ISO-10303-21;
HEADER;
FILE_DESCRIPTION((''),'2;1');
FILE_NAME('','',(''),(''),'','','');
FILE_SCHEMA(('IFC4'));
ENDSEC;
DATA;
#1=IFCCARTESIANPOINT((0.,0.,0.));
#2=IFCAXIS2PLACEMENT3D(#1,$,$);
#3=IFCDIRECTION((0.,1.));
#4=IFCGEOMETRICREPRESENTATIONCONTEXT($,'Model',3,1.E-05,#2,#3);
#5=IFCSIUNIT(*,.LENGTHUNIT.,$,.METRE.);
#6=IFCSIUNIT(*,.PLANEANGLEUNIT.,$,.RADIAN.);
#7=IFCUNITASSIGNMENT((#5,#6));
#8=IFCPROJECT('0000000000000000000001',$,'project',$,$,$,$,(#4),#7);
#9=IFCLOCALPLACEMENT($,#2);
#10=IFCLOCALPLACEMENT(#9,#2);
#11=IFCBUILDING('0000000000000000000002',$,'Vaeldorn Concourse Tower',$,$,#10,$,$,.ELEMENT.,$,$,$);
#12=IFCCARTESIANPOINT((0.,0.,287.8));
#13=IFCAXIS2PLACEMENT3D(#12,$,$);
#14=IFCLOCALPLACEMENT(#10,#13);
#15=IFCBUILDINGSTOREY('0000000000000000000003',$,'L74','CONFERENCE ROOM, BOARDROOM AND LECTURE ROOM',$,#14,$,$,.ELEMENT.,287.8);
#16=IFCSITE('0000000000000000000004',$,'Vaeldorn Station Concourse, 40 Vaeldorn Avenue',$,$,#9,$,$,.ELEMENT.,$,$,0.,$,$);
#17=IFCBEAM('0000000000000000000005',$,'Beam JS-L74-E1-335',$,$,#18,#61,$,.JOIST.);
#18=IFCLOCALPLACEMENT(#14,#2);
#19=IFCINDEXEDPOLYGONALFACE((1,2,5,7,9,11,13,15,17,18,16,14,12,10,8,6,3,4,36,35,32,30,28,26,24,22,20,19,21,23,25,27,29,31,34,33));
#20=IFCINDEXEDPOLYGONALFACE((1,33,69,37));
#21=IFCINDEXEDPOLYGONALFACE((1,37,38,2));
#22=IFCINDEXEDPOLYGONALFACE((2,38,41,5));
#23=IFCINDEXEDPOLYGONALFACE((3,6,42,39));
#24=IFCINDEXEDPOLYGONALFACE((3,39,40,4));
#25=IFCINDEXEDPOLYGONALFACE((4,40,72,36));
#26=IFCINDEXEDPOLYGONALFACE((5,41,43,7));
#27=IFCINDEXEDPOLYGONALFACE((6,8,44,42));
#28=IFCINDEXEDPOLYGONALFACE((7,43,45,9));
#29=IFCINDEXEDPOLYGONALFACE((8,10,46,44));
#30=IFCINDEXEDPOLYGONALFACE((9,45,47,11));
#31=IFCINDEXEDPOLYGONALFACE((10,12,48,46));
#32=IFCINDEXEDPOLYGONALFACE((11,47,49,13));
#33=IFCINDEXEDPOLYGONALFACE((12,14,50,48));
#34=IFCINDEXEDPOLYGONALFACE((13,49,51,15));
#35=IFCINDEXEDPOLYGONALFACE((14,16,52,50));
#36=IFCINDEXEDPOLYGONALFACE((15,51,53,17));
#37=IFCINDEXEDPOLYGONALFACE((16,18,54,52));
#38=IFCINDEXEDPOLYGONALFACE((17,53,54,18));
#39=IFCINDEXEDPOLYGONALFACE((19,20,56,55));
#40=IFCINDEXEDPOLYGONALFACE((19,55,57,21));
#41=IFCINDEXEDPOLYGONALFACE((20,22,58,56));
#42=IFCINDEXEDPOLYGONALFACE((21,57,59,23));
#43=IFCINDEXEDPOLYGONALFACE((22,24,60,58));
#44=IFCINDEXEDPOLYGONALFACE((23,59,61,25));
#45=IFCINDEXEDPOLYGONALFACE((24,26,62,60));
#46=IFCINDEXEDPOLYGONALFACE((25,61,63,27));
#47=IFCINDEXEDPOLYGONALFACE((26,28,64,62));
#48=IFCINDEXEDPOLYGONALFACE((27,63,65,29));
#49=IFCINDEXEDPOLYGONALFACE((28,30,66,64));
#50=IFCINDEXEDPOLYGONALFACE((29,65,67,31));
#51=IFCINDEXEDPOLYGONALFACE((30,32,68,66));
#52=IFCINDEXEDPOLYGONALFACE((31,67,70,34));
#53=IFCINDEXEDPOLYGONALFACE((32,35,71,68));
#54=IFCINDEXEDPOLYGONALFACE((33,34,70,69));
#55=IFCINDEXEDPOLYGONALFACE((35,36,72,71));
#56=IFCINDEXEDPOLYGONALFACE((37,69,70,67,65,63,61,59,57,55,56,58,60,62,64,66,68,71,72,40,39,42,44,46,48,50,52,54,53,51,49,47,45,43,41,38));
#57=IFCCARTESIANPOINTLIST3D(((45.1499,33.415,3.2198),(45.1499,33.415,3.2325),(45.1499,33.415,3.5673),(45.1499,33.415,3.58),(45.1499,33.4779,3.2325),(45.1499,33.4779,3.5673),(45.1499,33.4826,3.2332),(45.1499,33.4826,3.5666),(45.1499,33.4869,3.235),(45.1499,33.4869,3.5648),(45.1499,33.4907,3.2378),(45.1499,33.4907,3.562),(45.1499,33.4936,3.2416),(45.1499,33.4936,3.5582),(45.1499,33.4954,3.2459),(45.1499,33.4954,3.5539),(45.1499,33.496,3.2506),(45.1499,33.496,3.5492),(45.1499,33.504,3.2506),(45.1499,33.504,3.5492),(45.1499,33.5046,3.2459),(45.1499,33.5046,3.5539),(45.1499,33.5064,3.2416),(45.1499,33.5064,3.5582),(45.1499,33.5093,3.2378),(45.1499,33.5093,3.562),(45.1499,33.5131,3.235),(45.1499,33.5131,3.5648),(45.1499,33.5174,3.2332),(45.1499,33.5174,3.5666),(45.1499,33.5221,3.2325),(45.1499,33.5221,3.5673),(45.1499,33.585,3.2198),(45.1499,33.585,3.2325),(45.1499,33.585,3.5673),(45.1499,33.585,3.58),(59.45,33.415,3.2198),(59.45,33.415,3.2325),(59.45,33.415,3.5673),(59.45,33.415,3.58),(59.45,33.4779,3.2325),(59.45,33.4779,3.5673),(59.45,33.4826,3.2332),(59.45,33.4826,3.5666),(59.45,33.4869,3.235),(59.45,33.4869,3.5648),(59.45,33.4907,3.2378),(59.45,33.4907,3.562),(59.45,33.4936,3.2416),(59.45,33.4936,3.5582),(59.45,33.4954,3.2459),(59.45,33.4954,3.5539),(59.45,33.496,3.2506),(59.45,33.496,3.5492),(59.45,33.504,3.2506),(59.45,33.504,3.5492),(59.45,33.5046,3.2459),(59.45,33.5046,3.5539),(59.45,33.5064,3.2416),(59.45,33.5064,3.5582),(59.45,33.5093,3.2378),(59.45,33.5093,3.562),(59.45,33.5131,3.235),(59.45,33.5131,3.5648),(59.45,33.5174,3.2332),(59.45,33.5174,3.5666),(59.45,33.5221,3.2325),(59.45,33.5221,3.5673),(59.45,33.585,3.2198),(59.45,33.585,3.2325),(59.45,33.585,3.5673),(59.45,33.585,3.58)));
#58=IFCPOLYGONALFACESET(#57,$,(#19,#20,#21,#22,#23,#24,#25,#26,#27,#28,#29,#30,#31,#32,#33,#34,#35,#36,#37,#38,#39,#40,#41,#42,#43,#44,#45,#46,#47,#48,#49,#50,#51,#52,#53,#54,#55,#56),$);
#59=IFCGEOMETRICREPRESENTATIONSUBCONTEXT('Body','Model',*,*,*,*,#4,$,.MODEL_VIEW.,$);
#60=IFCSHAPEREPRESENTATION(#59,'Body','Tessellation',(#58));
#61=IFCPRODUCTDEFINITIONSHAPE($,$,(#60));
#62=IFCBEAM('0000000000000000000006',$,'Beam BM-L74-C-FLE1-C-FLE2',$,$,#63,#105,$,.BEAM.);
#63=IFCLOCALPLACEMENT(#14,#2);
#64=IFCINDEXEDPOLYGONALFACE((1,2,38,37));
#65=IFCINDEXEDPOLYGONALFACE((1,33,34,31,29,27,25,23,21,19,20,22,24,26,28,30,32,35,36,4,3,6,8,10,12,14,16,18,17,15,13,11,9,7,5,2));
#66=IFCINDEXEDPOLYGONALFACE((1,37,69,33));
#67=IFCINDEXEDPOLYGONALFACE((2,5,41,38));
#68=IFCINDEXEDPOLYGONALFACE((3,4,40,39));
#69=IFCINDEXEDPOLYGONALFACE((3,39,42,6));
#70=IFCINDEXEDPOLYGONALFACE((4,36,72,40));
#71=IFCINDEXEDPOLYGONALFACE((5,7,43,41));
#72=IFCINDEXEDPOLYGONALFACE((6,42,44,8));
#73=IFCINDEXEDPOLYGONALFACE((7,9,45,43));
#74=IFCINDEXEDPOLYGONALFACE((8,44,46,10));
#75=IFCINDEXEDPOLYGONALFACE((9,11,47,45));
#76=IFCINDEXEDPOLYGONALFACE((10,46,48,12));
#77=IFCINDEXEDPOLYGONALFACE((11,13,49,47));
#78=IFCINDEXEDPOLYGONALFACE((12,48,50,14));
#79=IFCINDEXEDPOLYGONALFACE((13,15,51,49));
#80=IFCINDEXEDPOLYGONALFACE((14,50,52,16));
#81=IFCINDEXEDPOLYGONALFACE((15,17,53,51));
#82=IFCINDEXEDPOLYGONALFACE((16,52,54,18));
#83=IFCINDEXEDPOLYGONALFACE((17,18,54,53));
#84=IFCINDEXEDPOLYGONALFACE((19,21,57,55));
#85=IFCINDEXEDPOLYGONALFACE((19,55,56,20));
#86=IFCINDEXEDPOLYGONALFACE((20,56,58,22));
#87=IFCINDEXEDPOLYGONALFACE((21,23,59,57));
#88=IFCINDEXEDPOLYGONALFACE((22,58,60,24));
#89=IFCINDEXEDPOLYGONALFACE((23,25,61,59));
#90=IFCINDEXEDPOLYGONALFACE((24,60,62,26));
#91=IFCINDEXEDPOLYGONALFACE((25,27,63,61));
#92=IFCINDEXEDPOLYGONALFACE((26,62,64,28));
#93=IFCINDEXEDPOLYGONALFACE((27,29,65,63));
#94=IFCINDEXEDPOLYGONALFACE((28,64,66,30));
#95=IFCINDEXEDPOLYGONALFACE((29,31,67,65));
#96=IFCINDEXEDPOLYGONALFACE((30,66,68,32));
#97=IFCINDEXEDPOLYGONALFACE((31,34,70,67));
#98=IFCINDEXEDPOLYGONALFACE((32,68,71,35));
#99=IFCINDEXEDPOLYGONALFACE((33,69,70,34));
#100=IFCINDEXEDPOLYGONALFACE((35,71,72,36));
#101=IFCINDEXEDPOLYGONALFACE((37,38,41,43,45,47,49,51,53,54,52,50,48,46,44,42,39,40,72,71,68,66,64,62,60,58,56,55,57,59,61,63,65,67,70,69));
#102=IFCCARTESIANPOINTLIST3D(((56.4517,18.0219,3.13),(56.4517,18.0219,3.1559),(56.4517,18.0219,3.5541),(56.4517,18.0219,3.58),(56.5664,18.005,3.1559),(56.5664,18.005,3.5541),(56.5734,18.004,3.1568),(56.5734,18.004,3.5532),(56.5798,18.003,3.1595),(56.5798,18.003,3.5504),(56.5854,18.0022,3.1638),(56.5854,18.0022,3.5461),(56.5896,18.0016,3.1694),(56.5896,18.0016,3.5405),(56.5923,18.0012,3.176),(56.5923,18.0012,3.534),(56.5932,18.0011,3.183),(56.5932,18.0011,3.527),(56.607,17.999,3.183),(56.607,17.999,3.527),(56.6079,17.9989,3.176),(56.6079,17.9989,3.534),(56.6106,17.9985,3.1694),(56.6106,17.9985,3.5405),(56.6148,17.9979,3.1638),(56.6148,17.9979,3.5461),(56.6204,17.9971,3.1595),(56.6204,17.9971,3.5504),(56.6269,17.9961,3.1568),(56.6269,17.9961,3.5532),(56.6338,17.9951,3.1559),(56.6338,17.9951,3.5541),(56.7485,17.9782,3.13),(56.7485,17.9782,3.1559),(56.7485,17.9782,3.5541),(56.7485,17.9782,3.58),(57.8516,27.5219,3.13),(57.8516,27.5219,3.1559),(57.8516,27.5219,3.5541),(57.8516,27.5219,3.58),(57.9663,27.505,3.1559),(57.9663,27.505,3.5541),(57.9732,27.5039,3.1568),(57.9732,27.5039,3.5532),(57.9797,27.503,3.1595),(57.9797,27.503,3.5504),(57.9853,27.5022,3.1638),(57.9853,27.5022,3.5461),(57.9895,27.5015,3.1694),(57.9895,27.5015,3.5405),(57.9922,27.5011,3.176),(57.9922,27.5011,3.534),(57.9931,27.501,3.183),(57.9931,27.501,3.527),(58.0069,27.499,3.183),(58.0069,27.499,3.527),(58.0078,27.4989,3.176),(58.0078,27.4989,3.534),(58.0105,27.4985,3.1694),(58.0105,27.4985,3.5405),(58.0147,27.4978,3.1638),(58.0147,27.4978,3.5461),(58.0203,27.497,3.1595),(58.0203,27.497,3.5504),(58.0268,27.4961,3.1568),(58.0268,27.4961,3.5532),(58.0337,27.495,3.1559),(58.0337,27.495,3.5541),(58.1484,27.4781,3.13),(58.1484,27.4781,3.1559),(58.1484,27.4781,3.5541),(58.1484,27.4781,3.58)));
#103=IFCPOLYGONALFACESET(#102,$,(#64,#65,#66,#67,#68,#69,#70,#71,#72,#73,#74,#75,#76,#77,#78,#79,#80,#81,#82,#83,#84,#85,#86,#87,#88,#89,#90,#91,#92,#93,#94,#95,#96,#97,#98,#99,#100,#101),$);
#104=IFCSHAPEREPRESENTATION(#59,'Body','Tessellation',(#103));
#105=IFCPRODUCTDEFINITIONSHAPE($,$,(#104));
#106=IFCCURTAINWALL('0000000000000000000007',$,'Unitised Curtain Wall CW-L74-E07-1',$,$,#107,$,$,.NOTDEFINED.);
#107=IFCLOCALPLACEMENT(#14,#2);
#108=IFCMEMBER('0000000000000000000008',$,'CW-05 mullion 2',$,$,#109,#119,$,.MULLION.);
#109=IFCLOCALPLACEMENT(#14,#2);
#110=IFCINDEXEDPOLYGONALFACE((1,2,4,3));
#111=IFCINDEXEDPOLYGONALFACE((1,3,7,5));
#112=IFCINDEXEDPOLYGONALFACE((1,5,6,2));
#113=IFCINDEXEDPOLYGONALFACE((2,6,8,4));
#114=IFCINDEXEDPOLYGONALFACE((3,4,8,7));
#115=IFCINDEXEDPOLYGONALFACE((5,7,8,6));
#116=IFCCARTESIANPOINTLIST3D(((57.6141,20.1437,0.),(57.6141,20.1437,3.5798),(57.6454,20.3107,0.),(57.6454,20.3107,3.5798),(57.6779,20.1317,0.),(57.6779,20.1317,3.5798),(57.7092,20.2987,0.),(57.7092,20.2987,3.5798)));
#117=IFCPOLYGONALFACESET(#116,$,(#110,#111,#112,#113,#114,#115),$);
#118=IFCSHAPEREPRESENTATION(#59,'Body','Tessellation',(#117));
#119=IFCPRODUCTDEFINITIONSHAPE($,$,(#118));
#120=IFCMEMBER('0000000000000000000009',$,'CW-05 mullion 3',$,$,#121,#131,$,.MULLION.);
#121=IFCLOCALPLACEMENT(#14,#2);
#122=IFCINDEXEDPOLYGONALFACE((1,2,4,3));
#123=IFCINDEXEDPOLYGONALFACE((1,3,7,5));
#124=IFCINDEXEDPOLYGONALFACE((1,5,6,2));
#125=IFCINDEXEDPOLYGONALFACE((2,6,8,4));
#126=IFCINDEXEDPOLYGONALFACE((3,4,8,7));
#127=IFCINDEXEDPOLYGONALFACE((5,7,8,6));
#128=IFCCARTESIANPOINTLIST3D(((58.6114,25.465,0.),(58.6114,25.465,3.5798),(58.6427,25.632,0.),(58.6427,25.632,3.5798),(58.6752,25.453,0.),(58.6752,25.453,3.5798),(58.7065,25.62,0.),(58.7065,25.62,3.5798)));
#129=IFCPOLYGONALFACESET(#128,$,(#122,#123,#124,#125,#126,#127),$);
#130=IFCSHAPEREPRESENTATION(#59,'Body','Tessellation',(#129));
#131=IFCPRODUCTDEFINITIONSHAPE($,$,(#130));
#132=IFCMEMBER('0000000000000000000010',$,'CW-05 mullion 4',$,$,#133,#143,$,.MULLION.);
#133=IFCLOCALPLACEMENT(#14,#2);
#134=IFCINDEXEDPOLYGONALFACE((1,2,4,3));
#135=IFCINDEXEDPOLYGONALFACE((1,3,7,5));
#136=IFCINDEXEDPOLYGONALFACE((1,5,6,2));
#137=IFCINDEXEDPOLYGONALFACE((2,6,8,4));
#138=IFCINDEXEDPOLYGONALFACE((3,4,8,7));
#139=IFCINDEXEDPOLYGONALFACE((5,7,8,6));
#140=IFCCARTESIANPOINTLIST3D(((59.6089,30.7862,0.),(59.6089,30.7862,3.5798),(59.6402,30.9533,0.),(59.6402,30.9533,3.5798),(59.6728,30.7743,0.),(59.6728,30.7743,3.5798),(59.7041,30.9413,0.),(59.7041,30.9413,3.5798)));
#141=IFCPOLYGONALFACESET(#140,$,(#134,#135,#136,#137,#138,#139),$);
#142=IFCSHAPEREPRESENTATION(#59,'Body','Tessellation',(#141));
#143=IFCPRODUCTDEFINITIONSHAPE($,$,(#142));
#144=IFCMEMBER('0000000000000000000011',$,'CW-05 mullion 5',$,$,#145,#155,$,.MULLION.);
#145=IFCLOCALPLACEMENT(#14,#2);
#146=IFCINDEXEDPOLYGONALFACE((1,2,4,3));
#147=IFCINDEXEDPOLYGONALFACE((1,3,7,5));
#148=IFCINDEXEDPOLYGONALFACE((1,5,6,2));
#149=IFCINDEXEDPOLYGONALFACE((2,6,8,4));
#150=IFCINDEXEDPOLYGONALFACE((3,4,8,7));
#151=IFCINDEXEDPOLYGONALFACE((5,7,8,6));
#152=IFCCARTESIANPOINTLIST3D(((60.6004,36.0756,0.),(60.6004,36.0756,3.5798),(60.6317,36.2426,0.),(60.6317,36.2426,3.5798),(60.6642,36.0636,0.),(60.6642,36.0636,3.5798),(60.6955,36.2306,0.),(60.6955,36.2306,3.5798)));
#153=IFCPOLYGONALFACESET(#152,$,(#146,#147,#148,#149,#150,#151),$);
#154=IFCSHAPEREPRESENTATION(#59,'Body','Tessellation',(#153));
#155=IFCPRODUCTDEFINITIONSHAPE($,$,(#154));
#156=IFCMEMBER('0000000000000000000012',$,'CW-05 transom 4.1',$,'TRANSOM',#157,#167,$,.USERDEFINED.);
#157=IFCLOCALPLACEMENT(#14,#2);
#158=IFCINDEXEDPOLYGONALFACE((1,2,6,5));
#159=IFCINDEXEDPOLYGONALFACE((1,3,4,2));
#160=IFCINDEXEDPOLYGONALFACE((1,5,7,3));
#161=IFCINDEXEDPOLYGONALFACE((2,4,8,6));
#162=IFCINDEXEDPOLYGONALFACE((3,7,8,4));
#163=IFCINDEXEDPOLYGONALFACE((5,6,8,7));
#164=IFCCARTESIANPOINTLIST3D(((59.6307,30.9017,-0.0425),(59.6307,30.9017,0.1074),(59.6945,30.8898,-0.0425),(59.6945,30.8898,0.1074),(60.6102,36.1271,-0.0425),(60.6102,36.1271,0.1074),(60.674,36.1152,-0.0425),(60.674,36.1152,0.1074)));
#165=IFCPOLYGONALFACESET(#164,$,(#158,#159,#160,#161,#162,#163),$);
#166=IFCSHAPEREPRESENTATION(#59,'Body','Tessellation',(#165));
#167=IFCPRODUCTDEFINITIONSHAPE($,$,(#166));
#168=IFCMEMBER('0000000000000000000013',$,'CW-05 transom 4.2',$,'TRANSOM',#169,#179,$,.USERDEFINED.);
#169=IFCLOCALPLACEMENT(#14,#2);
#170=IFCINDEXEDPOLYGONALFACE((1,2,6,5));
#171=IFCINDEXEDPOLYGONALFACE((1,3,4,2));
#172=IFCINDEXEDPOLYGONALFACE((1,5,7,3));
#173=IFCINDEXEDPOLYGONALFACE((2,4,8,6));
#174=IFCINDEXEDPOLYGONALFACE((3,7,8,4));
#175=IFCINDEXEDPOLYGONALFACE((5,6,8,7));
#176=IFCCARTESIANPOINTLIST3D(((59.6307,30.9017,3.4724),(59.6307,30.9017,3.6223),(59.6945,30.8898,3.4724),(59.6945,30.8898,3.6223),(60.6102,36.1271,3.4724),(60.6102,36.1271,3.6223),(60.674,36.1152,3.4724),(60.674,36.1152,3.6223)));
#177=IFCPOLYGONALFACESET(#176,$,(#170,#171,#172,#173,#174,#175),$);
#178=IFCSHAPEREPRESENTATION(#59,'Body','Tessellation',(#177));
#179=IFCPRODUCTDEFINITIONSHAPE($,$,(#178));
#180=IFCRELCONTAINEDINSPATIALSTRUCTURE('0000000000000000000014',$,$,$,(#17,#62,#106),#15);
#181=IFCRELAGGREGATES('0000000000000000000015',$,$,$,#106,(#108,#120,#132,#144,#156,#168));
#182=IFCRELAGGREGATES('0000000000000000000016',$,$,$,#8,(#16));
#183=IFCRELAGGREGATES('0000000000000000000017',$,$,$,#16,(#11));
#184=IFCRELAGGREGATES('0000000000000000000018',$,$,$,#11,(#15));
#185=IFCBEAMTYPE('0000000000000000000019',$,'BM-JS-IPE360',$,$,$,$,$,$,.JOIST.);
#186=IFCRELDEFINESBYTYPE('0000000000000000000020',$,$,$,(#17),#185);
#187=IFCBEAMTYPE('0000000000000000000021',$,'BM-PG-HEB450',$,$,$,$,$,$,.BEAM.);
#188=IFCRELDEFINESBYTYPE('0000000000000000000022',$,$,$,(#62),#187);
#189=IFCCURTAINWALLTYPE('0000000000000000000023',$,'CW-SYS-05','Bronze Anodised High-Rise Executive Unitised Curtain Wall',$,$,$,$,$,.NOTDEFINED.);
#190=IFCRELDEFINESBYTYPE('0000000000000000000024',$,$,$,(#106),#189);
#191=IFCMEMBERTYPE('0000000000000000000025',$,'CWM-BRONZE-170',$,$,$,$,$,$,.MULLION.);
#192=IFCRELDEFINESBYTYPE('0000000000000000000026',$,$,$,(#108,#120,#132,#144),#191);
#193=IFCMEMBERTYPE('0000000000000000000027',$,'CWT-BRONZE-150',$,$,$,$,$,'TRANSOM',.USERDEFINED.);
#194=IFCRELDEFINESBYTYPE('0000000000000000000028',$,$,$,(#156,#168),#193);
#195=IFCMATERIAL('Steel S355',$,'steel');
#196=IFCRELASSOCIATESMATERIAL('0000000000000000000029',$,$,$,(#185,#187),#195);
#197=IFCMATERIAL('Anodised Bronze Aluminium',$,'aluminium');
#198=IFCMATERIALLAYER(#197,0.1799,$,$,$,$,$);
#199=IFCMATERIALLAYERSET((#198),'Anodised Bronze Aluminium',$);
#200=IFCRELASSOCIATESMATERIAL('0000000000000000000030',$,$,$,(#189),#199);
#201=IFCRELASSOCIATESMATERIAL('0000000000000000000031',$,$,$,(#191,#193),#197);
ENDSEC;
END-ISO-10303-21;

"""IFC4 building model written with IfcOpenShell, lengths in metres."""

from ifc_helpers import new_model, si_unit, direction, frame, origin, origin_2d, place, context, subcontext, project, spatial, rectangle, i_section, extrude, source, transform, mapped, material, layer, layer_set, material_profile, profile_set, type_object, element, aggregate, save


model = new_model("IFC4")

# Units and contexts
model_context = context("Model", 3, precision=1e-05, world=origin(), true_north=direction((0.0, 1.0)))
body_context = subcontext(model_context, "Body", "Model", "MODEL_VIEW")
ifc_project = project(units=[si_unit("LENGTHUNIT", "METRE"), si_unit("PLANEANGLEUNIT", "RADIAN")], contexts=[model_context])

# Site, building, storey
site_placement = place(None, origin())
site = spatial("IfcSite", under=ifc_project, at=site_placement, Name="Vaeldorn Station Concourse, 40 Vaeldorn Avenue", CompositionType="ELEMENT", RefElevation=0.0)
building_placement = place(site_placement, origin())
building = spatial("IfcBuilding", under=site, at=building_placement, Name="Vaeldorn Concourse Tower", CompositionType="ELEMENT")
storey_placement = place(building_placement, frame((0.0, 0.0, 287.8)))
storey = spatial("IfcBuildingStorey", under=building, at=storey_placement, Name="L74", Description="CONFERENCE ROOM, BOARDROOM AND LECTURE ROOM", CompositionType="ELEMENT", Elevation=287.8)

# Shared definitions
ifc_material_1 = material(Name="Steel S355", Category="steel")

# Beams
ifc_material_profile_1 = material_profile(ifc_material_1, i_section(OverallWidth=0.1699, OverallDepth=0.3601, WebThickness=0.0081, FlangeThickness=0.0127, FilletRadius=0.0181, at=origin_2d()), Name="IPE 360")
ifc_profile_set_1 = profile_set([ifc_material_profile_1], Name="Steel S355")
beam_type_1 = type_object("IfcBeamType", Name="BM-JS-IPE360", PredefinedType="JOIST", material=ifc_profile_set_1)
shared_shape_1 = source(origin(), body_context, "Body", "SweptSolid", [
    extrude(i_section(OverallWidth=0.1699, OverallDepth=0.3601, WebThickness=0.0081, FlangeThickness=0.0127, FilletRadius=0.0181, at=origin_2d()), origin(), (0.0, 0.0, 1.0), 14.3),
])
beam_1_placement = place(storey_placement, frame((45.1499, 33.5, 3.3999), z_axis=(1.0, 0.0, 0.0), x_axis=(0.0, 1.0, 0.0)))
element("IfcBeam", 1, at=beam_1_placement, inside=storey, type_object=beam_type_1, Name="Beam JS-L74-E1-335", PredefinedType="JOIST", context=body_context, shape_type="MappedRepresentation", body=[
    mapped(shared_shape_1, transform((0.0, 0.0, 0.0), scale=1.0)),
])
ifc_material_profile_2 = material_profile(ifc_material_1, i_section(OverallWidth=0.3, OverallDepth=0.45, WebThickness=0.0139, FlangeThickness=0.0259, FilletRadius=0.0271, at=origin_2d()), Name="HEB 450")
ifc_profile_set_2 = profile_set([ifc_material_profile_2], Name="Steel S355")
beam_type_2 = type_object("IfcBeamType", Name="BM-PG-HEB450", PredefinedType="BEAM", material=ifc_profile_set_2)
shared_shape_2 = source(origin(), body_context, "Body", "SweptSolid", [
    extrude(i_section(OverallWidth=0.3, OverallDepth=0.45, WebThickness=0.0139, FlangeThickness=0.0259, FilletRadius=0.0271, at=origin_2d()), origin(), (0.0, 0.0, 1.0), 9.6025),
])
beam_2_placement = place(storey_placement, frame((58.0, 27.5, 3.355), z_axis=(-0.145784, -0.989316, 0.0), x_axis=(0.989316, -0.145784, 0.0)))
element("IfcBeam", 2, at=beam_2_placement, inside=storey, type_object=beam_type_2, Name="Beam BM-L74-C-FLE1-C-FLE2", PredefinedType="BEAM", context=body_context, shape_type="MappedRepresentation", body=[
    mapped(shared_shape_2, transform((0.0, 0.0, 0.0), scale=1.0)),
])

# Curtain wall, members
ifc_material_2 = material(Name="Anodised Bronze Aluminium", Category="aluminium")
ifc_layer_1 = layer(ifc_material_2, 0.1799)
ifc_layer_set_1 = layer_set([ifc_layer_1], Name="Anodised Bronze Aluminium")
curtain_wall_type = type_object("IfcCurtainWallType", Name="CW-SYS-05", Description="Bronze Anodised High-Rise Executive Unitised Curtain Wall", PredefinedType="NOTDEFINED", material=ifc_layer_set_1)
curtain_wall_placement = place(storey_placement, origin())
curtain_wall = element("IfcCurtainWall", 3, at=curtain_wall_placement, inside=storey, type_object=curtain_wall_type, Name="Unitised Curtain Wall CW-L74-E07-1", PredefinedType="NOTDEFINED")
ifc_material_profile_3 = material_profile(ifc_material_2, rectangle(XDim=0.0649, YDim=0.1699, at=origin_2d()), Name="CWM 65x170")
ifc_profile_set_3 = profile_set([ifc_material_profile_3], Name="Anodised Bronze Aluminium")
member_type_1 = type_object("IfcMemberType", Name="CWM-BRONZE-170", PredefinedType="MULLION", material=ifc_profile_set_3)
shared_shape_3 = source(origin(), body_context, "Body", "SweptSolid", [
    extrude(rectangle(XDim=0.0649, YDim=0.1699, at=origin_2d()), origin(), (0.0, 0.0, 1.0), 3.5798),
])
member_1_placement = place(storey_placement, frame((57.6616, 20.2212, 0.0), z_axis=(0.0, 0.0, 1.0), x_axis=(-0.98288, 0.184247, 0.0)))
member_1 = element("IfcMember", 4, at=member_1_placement, type_object=member_type_1, Name="CW-05 mullion 2", PredefinedType="MULLION", context=body_context, shape_type="MappedRepresentation", body=[
    mapped(shared_shape_3, transform((0.0, 0.0, 0.0), scale=1.0)),
])
member_2_placement = place(storey_placement, frame((58.6589, 25.5425, 0.0), z_axis=(0.0, 0.0, 1.0), x_axis=(-0.98288, 0.184247, 0.0)))
member_2 = element("IfcMember", 5, at=member_2_placement, type_object=member_type_1, Name="CW-05 mullion 3", PredefinedType="MULLION", context=body_context, shape_type="MappedRepresentation", body=[
    mapped(shared_shape_3, transform((0.0, 0.0, 0.0), scale=1.0)),
])
member_3_placement = place(storey_placement, frame((59.6565, 30.8638, 0.0), z_axis=(0.0, 0.0, 1.0), x_axis=(-0.98288, 0.184247, 0.0)))
member_3 = element("IfcMember", 6, at=member_3_placement, type_object=member_type_1, Name="CW-05 mullion 4", PredefinedType="MULLION", context=body_context, shape_type="MappedRepresentation", body=[
    mapped(shared_shape_3, transform((0.0, 0.0, 0.0), scale=1.0)),
])
member_4_placement = place(storey_placement, frame((60.6479, 36.1531, 0.0), z_axis=(0.0, 0.0, 1.0), x_axis=(-0.98288, 0.184247, 0.0)))
member_4 = element("IfcMember", 7, at=member_4_placement, type_object=member_type_1, Name="CW-05 mullion 5", PredefinedType="MULLION", context=body_context, shape_type="MappedRepresentation", body=[
    mapped(shared_shape_3, transform((0.0, 0.0, 0.0), scale=1.0)),
])
ifc_material_profile_4 = material_profile(ifc_material_2, rectangle(XDim=0.0649, YDim=0.1499, at=origin_2d()), Name="CWT 65x150")
ifc_profile_set_4 = profile_set([ifc_material_profile_4], Name="Anodised Bronze Aluminium")
member_type_2 = type_object("IfcMemberType", Name="CWT-BRONZE-150", ElementType="TRANSOM", PredefinedType="USERDEFINED", material=ifc_profile_set_4)
shared_shape_4 = source(origin(), body_context, "Body", "SweptSolid", [
    extrude(rectangle(XDim=0.0649, YDim=0.1499, at=origin_2d()), origin(), (0.0, 0.0, 1.0), 5.3164),
])
member_5_placement = place(storey_placement, frame((59.6626, 30.8958, 0.0325), z_axis=(0.184241, 0.982881, 0.0), x_axis=(-0.982881, 0.184241, 0.0)))
member_5 = element("IfcMember", 8, at=member_5_placement, type_object=member_type_2, Name="CW-05 transom 4.1", ObjectType="TRANSOM", PredefinedType="USERDEFINED", context=body_context, shape_type="MappedRepresentation", body=[
    mapped(shared_shape_4, transform((0.0, 0.0, 0.0), scale=1.0)),
])
member_6_placement = place(storey_placement, frame((59.6626, 30.8958, 3.5474), z_axis=(0.184241, 0.982881, 0.0), x_axis=(-0.982881, 0.184241, 0.0)))
member_6 = element("IfcMember", 9, at=member_6_placement, type_object=member_type_2, Name="CW-05 transom 4.2", ObjectType="TRANSOM", PredefinedType="USERDEFINED", context=body_context, shape_type="MappedRepresentation", body=[
    mapped(shared_shape_4, transform((0.0, 0.0, 0.0), scale=1.0)),
])
aggregate(curtain_wall, [member_1, member_2, member_3, member_4, member_5, member_6])

save(model, "model.ifc")
